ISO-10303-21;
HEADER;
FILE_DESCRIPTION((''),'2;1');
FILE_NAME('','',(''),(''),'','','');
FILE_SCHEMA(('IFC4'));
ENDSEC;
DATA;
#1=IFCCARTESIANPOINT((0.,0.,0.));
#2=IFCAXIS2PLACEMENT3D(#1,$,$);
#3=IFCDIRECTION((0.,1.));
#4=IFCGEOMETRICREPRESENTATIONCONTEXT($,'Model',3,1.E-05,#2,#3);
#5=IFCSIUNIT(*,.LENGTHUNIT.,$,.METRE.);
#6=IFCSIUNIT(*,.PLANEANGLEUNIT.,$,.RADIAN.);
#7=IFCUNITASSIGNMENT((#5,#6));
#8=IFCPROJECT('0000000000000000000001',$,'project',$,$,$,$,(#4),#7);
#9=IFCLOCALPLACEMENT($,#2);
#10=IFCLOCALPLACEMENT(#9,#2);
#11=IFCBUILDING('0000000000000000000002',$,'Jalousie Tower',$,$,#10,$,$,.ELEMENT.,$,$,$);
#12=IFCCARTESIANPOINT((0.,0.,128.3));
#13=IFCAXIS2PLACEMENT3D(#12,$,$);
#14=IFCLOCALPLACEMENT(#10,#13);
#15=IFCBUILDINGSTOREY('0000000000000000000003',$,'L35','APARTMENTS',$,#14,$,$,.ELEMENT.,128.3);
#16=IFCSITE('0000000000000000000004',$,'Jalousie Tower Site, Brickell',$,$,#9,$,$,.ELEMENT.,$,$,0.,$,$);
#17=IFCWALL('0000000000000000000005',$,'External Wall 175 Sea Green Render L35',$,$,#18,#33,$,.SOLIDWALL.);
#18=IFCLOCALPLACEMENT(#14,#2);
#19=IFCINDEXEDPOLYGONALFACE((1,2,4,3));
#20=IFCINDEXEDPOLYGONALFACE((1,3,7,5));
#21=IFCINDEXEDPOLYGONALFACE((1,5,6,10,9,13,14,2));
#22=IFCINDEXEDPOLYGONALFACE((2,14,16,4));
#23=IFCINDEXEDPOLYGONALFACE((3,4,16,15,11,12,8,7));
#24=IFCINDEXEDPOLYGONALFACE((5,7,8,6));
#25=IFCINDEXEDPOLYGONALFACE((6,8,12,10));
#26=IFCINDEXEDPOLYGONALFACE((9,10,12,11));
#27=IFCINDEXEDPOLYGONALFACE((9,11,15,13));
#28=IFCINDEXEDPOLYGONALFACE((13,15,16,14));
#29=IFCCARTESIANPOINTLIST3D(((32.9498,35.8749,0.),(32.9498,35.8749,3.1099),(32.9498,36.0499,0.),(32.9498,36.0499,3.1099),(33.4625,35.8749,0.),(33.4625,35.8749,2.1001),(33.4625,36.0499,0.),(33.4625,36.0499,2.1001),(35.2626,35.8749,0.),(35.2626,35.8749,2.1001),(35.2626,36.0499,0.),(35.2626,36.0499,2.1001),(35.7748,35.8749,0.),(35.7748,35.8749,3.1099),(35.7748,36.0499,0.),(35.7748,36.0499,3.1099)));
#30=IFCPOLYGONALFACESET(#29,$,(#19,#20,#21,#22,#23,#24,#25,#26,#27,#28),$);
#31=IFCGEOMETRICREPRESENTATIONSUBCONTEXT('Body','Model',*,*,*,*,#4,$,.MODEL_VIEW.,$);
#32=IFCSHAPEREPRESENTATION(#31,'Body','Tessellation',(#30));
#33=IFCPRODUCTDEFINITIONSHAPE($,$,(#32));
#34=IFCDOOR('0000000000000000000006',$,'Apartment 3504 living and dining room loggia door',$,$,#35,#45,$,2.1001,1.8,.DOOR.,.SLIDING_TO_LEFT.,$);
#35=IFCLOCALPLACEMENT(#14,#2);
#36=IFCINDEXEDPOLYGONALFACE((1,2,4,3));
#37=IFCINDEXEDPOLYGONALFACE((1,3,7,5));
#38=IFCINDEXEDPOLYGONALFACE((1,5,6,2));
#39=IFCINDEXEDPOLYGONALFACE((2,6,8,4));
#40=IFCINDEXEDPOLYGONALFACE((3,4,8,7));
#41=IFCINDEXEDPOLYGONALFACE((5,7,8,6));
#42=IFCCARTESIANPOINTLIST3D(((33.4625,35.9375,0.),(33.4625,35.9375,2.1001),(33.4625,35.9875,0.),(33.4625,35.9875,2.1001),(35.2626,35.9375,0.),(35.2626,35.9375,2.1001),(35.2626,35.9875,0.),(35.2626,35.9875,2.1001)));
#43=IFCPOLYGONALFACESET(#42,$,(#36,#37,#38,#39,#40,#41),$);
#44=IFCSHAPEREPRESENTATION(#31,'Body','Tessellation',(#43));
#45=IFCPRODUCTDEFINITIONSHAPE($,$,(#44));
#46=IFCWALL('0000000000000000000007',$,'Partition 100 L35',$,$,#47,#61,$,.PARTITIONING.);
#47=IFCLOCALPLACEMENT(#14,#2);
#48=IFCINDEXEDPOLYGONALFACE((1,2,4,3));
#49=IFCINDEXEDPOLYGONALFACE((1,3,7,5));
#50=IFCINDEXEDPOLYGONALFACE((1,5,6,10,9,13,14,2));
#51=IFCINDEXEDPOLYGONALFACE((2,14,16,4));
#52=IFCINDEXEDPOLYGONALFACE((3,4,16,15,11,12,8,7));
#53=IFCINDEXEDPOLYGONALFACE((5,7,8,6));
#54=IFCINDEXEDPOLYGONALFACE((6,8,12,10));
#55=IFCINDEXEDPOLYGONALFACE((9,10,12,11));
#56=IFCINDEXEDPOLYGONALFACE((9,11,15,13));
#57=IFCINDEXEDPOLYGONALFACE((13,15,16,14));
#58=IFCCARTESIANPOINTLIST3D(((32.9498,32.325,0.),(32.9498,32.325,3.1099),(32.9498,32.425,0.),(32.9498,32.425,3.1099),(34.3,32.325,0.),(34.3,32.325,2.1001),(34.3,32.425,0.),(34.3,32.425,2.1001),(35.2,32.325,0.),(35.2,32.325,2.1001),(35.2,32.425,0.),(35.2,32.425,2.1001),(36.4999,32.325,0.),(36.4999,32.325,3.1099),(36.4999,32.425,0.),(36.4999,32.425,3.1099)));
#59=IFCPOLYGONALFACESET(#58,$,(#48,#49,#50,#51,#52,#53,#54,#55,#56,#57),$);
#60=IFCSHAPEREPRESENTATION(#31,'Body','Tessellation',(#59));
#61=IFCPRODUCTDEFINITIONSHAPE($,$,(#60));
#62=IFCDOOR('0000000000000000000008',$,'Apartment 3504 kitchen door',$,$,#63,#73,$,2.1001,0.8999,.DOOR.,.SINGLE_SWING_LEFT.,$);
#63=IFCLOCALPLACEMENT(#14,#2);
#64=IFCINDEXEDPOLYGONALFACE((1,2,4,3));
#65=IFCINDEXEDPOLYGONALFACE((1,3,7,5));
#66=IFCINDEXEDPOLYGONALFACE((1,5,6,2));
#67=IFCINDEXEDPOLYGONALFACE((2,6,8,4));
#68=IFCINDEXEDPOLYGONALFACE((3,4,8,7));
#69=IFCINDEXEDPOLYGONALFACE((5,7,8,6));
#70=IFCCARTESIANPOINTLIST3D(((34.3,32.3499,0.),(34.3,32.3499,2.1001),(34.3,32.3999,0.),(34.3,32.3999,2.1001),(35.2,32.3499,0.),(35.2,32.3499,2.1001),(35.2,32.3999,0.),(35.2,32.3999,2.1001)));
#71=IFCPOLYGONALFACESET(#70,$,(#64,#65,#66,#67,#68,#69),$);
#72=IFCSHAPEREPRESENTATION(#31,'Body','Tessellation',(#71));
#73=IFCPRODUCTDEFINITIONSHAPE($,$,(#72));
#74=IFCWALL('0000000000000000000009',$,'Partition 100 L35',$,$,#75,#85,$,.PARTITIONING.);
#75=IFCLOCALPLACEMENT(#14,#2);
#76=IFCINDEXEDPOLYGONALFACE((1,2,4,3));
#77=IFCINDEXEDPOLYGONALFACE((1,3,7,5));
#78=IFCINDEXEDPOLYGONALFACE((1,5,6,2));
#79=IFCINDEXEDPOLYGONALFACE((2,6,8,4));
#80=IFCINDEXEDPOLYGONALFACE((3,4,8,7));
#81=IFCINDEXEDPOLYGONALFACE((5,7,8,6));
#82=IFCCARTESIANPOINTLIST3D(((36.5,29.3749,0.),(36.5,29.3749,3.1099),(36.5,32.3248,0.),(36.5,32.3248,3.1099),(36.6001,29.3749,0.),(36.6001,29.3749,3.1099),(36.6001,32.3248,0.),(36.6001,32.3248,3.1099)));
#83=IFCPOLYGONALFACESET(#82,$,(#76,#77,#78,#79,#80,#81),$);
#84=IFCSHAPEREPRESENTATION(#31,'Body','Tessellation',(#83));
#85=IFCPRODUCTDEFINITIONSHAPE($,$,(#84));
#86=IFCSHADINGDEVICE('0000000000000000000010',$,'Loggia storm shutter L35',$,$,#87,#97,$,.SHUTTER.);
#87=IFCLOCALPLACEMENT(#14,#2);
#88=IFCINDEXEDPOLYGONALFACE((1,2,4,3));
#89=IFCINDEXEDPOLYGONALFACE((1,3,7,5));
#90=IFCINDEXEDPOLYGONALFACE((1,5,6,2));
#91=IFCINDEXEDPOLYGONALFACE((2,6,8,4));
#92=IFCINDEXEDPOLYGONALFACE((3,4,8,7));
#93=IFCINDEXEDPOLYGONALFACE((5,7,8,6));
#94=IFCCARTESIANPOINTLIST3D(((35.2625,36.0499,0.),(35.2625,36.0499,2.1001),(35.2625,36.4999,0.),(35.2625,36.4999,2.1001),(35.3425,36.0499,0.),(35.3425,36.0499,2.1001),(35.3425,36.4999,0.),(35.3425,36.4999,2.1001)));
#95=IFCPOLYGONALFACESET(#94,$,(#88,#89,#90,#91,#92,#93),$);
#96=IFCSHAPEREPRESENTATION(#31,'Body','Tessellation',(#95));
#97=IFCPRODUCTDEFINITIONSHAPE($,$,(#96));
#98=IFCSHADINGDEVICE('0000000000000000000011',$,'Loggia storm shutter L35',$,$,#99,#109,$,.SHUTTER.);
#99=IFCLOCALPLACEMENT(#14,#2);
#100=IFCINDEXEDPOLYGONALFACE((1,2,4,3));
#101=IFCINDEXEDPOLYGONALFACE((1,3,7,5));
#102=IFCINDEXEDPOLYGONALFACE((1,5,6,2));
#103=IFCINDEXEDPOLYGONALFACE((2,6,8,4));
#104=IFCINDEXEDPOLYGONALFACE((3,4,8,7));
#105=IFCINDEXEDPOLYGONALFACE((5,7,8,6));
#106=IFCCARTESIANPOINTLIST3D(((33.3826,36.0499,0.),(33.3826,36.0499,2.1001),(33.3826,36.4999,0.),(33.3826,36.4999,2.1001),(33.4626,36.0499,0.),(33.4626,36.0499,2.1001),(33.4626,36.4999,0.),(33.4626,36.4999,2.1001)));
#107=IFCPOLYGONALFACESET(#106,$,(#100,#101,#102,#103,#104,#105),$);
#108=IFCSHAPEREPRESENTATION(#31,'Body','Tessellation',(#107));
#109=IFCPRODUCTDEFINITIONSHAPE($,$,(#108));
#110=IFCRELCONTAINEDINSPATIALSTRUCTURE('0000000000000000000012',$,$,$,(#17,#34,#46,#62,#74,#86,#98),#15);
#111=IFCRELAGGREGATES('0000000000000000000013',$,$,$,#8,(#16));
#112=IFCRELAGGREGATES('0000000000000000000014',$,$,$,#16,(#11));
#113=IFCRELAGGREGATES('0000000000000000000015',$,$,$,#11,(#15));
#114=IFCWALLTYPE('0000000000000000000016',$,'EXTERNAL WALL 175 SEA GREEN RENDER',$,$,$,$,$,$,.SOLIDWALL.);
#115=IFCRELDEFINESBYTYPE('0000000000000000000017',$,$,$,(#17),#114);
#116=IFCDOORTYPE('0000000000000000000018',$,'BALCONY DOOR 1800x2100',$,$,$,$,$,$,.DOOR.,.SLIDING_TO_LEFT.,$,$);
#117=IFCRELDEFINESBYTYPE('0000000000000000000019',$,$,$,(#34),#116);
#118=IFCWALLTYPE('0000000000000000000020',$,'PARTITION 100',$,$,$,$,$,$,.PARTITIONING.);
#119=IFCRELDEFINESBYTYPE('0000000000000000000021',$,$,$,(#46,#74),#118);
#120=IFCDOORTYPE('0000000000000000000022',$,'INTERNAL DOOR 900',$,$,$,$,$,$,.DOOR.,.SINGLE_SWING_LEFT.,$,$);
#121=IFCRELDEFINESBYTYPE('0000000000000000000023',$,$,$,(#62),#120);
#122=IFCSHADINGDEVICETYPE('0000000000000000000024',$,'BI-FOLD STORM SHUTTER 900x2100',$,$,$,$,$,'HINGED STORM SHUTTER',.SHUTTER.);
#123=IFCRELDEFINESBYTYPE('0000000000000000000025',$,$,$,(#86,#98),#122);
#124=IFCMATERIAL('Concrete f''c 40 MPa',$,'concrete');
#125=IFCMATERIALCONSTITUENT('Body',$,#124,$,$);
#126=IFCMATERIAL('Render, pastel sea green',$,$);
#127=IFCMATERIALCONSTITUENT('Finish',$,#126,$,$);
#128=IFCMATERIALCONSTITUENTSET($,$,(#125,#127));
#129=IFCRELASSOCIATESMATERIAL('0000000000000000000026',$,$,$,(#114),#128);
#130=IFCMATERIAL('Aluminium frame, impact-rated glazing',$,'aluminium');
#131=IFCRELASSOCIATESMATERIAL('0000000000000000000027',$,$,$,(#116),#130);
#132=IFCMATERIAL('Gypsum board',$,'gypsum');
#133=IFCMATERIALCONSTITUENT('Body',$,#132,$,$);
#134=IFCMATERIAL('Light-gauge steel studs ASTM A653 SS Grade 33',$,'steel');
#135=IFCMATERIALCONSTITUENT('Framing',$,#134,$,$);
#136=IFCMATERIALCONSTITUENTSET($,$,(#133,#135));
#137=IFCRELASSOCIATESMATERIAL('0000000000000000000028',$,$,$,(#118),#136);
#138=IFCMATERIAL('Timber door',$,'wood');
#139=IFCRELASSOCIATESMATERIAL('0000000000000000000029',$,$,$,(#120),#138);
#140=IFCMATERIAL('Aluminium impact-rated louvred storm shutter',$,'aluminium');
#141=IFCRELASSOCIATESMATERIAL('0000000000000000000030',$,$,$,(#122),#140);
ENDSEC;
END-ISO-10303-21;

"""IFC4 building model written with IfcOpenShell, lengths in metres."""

from ifc_helpers import new_model, si_unit, direction, frame, frame_2d, origin, origin_2d, place, context, subcontext, project, spatial, rectangle, extrude, material, constituent, constituent_set, type_object, element, fill, save


model = new_model("IFC4")

# Units and contexts
model_context = context("Model", 3, precision=1e-05, world=origin(), true_north=direction((0.0, 1.0)))
body_context = subcontext(model_context, "Body", "Model", "MODEL_VIEW")
ifc_project = project(units=[si_unit("LENGTHUNIT", "METRE"), si_unit("PLANEANGLEUNIT", "RADIAN")], contexts=[model_context])

# Site, building, storey
site_placement = place(None, origin())
site = spatial("IfcSite", under=ifc_project, at=site_placement, Name="Jalousie Tower Site, Brickell", CompositionType="ELEMENT", RefElevation=0.0)
building_placement = place(site_placement, origin())
building = spatial("IfcBuilding", under=site, at=building_placement, Name="Jalousie Tower", CompositionType="ELEMENT")
storey_placement = place(building_placement, frame((0.0, 0.0, 128.3)))
storey = spatial("IfcBuildingStorey", under=building, at=storey_placement, Name="L35", Description="APARTMENTS", CompositionType="ELEMENT", Elevation=128.3)

# Walls, openings, doors
ifc_material_1 = material(Name="Concrete f'c 40 MPa", Category="concrete")
ifc_constituent_1 = constituent(ifc_material_1, Name="Body")
ifc_material_2 = material(Name="Render, pastel sea green")
ifc_constituent_2 = constituent(ifc_material_2, Name="Finish")
ifc_constituent_set_1 = constituent_set(constituents=[ifc_constituent_1, ifc_constituent_2])
wall_type_1 = type_object("IfcWallType", Name="EXTERNAL WALL 175 SEA GREEN RENDER", PredefinedType="SOLIDWALL", material=ifc_constituent_set_1)
wall_1_placement = place(storey_placement, frame((35.7749, 35.9624, 0.0), z_axis=(0.0, 0.0, 1.0), x_axis=(-1.0, 0.0, 0.0)))
wall_1 = element("IfcWall", 1, at=wall_1_placement, inside=storey, type_object=wall_type_1, Name="External Wall 175 Sea Green Render L35", PredefinedType="SOLIDWALL", context=body_context, shape_type="SweptSolid", body=[
    extrude(rectangle(XDim=2.825, YDim=0.175, at=frame_2d((1.4126, 0.0))), origin(), (0.0, 0.0, 1.0), 3.1099),
])
opening_1_placement = place(wall_1_placement, frame((0.5125, 0.0, 0.0)))
opening_1 = element("IfcOpeningElement", 2, at=opening_1_placement, cuts=wall_1, PredefinedType="OPENING", context=body_context, shape_type="SweptSolid", body=[
    extrude(rectangle(XDim=1.8, YDim=2.1001, at=frame_2d((0.8999, 1.05))), frame((0.0, 0.0974, 0.0), z_axis=(0.0, -1.0, 0.0), x_axis=(1.0, 0.0, 0.0)), (0.0, 0.0, 1.0), 0.1951),
])
ifc_material_3 = material(Name="Aluminium frame, impact-rated glazing", Category="aluminium")
door_type_1 = type_object("IfcDoorType", Name="BALCONY DOOR 1800x2100", OperationType="SLIDING_TO_LEFT", PredefinedType="DOOR", material=ifc_material_3)
door_1_placement = place(opening_1_placement, origin())
door_1 = element("IfcDoor", 3, at=door_1_placement, inside=storey, type_object=door_type_1, Name="Apartment 3504 living and dining room loggia door", OperationType="SLIDING_TO_LEFT", OverallHeight=2.1001, OverallWidth=1.8, PredefinedType="DOOR", context=body_context, shape_type="SweptSolid", body=[
    extrude(rectangle(XDim=1.8, YDim=2.1001, at=frame_2d((0.8999, 1.05))), frame((0.0, 0.0249, 0.0), z_axis=(0.0, -1.0, 0.0), x_axis=(1.0, 0.0, 0.0)), (0.0, 0.0, 1.0), 0.05),
])
fill(opening_1, door_1)
ifc_material_4 = material(Name="Gypsum board", Category="gypsum")
ifc_constituent_3 = constituent(ifc_material_4, Name="Body")
ifc_material_5 = material(Name="Light-gauge steel studs ASTM A653 SS Grade 33", Category="steel")
ifc_constituent_4 = constituent(ifc_material_5, Name="Framing")
ifc_constituent_set_2 = constituent_set(constituents=[ifc_constituent_3, ifc_constituent_4])
wall_type_2 = type_object("IfcWallType", Name="PARTITION 100", PredefinedType="PARTITIONING", material=ifc_constituent_set_2)
wall_2_placement = place(storey_placement, frame((32.95, 32.375, 0.0), z_axis=(0.0, 0.0, 1.0), x_axis=(1.0, 0.0, 0.0)))
wall_2 = element("IfcWall", 4, at=wall_2_placement, inside=storey, type_object=wall_type_2, Name="Partition 100 L35", PredefinedType="PARTITIONING", context=body_context, shape_type="SweptSolid", body=[
    extrude(rectangle(XDim=3.55, YDim=0.1001, at=frame_2d((1.7749, 0.0))), origin(), (0.0, 0.0, 1.0), 3.1099),
])
opening_2_placement = place(wall_2_placement, frame((1.3501, 0.0, 0.0)))
opening_2 = element("IfcOpeningElement", 5, at=opening_2_placement, cuts=wall_2, PredefinedType="OPENING", context=body_context, shape_type="SweptSolid", body=[
    extrude(rectangle(XDim=0.8999, YDim=2.1001, at=frame_2d((0.45, 1.05))), frame((0.0, 0.0601, 0.0), z_axis=(0.0, -1.0, 0.0), x_axis=(1.0, 0.0, 0.0)), (0.0, 0.0, 1.0), 0.1201),
])
ifc_material_6 = material(Name="Timber door", Category="wood")
door_type_2 = type_object("IfcDoorType", Name="INTERNAL DOOR 900", OperationType="SINGLE_SWING_LEFT", PredefinedType="DOOR", material=ifc_material_6)
door_2_placement = place(opening_2_placement, origin())
door_2 = element("IfcDoor", 6, at=door_2_placement, inside=storey, type_object=door_type_2, Name="Apartment 3504 kitchen door", OperationType="SINGLE_SWING_LEFT", OverallHeight=2.1001, OverallWidth=0.8999, PredefinedType="DOOR", context=body_context, shape_type="SweptSolid", body=[
    extrude(rectangle(XDim=0.8999, YDim=2.1001, at=frame_2d((0.45, 1.05))), frame((0.0, 0.0249, 0.0), z_axis=(0.0, -1.0, 0.0), x_axis=(1.0, 0.0, 0.0)), (0.0, 0.0, 1.0), 0.05),
])
fill(opening_2, door_2)

# Wall
wall_3_placement = place(storey_placement, frame((36.55, 32.325, 0.0), z_axis=(0.0, 0.0, 1.0), x_axis=(0.0, -1.0, 0.0)))
element("IfcWall", 7, at=wall_3_placement, inside=storey, type_object=wall_type_2, Name="Partition 100 L35", PredefinedType="PARTITIONING", context=body_context, shape_type="SweptSolid", body=[
    extrude(rectangle(XDim=2.95, YDim=0.1001, at=frame_2d((1.4751, 0.0))), origin(), (0.0, 0.0, 1.0), 3.1099),
])

# Shading devices
ifc_material_7 = material(Name="Aluminium impact-rated louvred storm shutter", Category="aluminium")
shading_device_type = type_object("IfcShadingDeviceType", Name="BI-FOLD STORM SHUTTER 900x2100", ElementType="HINGED STORM SHUTTER", PredefinedType="SHUTTER", material=ifc_material_7)
for number, where, z_axis, x_axis, name in (
    (8, (35.3025, 36.2749, 0.0), (0.0, 0.0, 1.0), (0.0, -1.0, 0.0), "Loggia storm shutter L35"),
    (9, (33.4226, 36.2749, 0.0), (0.0, 0.0, 1.0), (0.0, -1.0, 0.0), "Loggia storm shutter L35"),
):
    element("IfcShadingDevice", number, at=place(storey_placement, frame(where, z_axis=z_axis, x_axis=x_axis)), inside=storey, type_object=shading_device_type, Name=name, PredefinedType="SHUTTER", context=body_context, shape_type="SweptSolid", body=[
        extrude(rectangle(XDim=0.45, YDim=0.0801, at=origin_2d()), origin(), (0.0, 0.0, 1.0), 2.1001),
    ])

save(model, "model.ifc")
